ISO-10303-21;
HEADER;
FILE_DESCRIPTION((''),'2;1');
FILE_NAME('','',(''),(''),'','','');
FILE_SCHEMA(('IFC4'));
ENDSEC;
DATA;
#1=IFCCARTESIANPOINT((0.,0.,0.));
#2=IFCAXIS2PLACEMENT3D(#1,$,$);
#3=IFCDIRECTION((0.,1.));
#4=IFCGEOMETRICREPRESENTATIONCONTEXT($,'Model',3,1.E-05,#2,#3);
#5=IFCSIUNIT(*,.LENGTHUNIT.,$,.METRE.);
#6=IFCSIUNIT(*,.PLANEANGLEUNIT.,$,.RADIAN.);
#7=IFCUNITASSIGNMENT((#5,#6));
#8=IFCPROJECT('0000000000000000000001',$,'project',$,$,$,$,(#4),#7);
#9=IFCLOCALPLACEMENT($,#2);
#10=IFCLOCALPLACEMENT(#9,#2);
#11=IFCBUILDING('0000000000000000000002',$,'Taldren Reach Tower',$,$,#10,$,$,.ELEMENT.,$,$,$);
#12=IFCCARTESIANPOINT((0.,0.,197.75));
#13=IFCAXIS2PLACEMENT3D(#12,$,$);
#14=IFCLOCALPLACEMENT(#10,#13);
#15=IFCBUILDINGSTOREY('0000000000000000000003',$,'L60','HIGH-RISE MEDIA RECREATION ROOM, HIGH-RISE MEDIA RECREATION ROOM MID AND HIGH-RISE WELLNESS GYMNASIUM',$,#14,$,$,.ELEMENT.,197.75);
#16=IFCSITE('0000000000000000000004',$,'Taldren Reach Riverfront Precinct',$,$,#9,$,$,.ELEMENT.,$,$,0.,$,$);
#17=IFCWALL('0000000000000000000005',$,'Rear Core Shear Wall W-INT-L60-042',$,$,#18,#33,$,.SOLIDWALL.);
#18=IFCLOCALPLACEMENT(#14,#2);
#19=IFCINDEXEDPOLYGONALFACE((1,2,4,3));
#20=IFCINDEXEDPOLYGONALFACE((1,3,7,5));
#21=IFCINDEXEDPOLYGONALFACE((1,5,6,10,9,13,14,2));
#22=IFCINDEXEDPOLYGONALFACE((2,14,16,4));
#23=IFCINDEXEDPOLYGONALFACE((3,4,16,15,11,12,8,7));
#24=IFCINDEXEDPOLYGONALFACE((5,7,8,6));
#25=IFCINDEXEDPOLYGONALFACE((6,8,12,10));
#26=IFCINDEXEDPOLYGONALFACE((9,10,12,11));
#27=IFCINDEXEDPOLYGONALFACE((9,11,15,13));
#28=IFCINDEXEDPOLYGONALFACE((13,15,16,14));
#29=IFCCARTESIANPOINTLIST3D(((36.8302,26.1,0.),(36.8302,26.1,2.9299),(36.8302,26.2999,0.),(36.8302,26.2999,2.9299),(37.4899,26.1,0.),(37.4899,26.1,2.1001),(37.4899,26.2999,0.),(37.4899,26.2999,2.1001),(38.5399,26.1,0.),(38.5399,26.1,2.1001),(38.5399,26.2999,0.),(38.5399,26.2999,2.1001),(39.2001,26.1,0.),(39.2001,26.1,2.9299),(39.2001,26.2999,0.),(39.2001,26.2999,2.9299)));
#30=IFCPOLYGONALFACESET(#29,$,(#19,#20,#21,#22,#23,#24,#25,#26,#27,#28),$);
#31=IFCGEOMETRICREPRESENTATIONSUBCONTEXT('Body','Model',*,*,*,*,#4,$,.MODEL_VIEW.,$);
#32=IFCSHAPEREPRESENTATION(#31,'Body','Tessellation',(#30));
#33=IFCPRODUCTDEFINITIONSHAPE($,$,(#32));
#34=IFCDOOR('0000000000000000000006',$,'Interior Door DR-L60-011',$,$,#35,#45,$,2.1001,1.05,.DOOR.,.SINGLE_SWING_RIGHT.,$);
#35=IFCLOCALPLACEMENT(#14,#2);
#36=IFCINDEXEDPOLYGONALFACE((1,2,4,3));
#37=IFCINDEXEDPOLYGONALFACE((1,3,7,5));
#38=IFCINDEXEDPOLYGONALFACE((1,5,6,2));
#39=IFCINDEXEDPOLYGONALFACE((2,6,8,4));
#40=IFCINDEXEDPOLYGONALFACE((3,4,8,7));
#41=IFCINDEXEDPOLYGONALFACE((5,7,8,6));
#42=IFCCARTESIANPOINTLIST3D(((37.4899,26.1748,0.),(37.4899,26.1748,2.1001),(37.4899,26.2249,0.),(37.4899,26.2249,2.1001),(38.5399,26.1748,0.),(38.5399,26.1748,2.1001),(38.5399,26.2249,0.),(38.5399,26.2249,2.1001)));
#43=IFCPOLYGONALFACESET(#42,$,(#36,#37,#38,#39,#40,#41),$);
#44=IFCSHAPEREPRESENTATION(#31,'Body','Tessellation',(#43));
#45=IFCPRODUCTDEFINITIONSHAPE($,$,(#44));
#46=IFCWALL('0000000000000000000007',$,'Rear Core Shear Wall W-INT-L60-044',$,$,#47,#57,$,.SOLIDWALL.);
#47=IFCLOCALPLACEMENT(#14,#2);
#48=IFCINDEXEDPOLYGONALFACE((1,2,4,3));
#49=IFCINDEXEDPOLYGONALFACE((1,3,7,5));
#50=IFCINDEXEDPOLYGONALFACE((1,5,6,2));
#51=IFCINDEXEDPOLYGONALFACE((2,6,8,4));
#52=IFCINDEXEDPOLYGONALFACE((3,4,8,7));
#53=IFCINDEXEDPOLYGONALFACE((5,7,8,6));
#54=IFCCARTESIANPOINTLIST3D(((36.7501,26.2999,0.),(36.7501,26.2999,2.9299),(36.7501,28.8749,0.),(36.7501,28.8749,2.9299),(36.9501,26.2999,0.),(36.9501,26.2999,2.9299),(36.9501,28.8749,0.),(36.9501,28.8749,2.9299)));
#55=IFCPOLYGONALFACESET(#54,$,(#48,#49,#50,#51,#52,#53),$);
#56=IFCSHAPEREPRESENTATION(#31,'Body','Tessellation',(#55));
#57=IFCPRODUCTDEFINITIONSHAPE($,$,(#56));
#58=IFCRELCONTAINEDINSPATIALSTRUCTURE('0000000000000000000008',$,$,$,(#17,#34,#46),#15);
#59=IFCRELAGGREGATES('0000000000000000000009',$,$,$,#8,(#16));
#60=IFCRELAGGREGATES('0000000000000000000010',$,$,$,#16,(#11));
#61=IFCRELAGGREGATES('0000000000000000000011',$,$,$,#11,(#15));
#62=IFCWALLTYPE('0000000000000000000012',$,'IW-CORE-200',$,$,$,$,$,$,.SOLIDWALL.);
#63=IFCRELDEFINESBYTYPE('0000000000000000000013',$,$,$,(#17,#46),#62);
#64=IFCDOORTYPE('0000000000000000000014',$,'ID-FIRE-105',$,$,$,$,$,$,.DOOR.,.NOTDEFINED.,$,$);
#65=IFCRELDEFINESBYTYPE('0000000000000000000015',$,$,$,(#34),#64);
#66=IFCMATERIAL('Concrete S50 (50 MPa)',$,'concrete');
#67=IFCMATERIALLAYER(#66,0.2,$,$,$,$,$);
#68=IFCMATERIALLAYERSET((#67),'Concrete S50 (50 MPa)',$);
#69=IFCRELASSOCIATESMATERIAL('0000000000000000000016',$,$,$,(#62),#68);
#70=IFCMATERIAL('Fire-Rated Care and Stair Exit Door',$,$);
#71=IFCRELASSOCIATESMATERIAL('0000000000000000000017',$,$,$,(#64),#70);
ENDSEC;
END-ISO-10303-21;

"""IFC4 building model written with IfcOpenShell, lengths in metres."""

from ifc_helpers import new_model, si_unit, direction, frame, frame_2d, origin, place, context, subcontext, project, spatial, rectangle, extrude, source, transform, mapped, material, layer, layer_set, type_object, element, fill, save


model = new_model("IFC4")

# Units and contexts
model_context = context("Model", 3, precision=1e-05, world=origin(), true_north=direction((0.0, 1.0)))
body_context = subcontext(model_context, "Body", "Model", "MODEL_VIEW")
ifc_project = project(units=[si_unit("LENGTHUNIT", "METRE"), si_unit("PLANEANGLEUNIT", "RADIAN")], contexts=[model_context])

# Site, building, storey
site_placement = place(None, origin())
site = spatial("IfcSite", under=ifc_project, at=site_placement, Name="Taldren Reach Riverfront Precinct", CompositionType="ELEMENT", RefElevation=0.0)
building_placement = place(site_placement, origin())
building = spatial("IfcBuilding", under=site, at=building_placement, Name="Taldren Reach Tower", CompositionType="ELEMENT")
storey_placement = place(building_placement, frame((0.0, 0.0, 197.75)))
storey = spatial("IfcBuildingStorey", under=building, at=storey_placement, Name="L60", Description="HIGH-RISE MEDIA RECREATION ROOM, HIGH-RISE MEDIA RECREATION ROOM MID AND HIGH-RISE WELLNESS GYMNASIUM", CompositionType="ELEMENT", Elevation=197.75)

# Shared definitions
ifc_material_1 = material(Name="Concrete S50 (50 MPa)", Category="concrete")
ifc_layer_1 = layer(ifc_material_1, 0.2)
ifc_layer_set_1 = layer_set([ifc_layer_1], Name="Concrete S50 (50 MPa)")
wall_type_1 = type_object("IfcWallType", Name="IW-CORE-200", PredefinedType="SOLIDWALL", material=ifc_layer_set_1)

# Shared definitions
shared_shape_1 = source(origin(), body_context, "Body", "SweptSolid", [
    extrude(rectangle(XDim=1.05, YDim=2.1001, at=frame_2d((0.5249, 1.05))), frame((0.0, 0.1099, 0.0), z_axis=(0.0, -1.0, 0.0), x_axis=(1.0, 0.0, 0.0)), (0.0, 0.0, 1.0), 0.22),
])
ifc_material_2 = material(Name="Fire-Rated Care and Stair Exit Door")
door_type_1 = type_object("IfcDoorType", Name="ID-FIRE-105", OperationType="NOTDEFINED", PredefinedType="DOOR", material=ifc_material_2)
shared_shape_2 = source(origin(), body_context, "Body", "SweptSolid", [
    extrude(rectangle(XDim=1.05, YDim=2.1001, at=frame_2d((0.5249, 1.05))), frame((0.0, 0.0249, 0.0), z_axis=(0.0, -1.0, 0.0), x_axis=(1.0, 0.0, 0.0)), (0.0, 0.0, 1.0), 0.05),
])

# Wall, opening, door
shared_shape_3 = source(origin(), body_context, "Body", "SweptSolid", [
    extrude(rectangle(XDim=2.3699, YDim=0.2, at=frame_2d((1.1851, 0.0))), origin(), (0.0, 0.0, 1.0), 2.9299),
])
wall_1_placement = place(storey_placement, frame((36.8301, 26.2, 0.0), z_axis=(0.0, 0.0, 1.0), x_axis=(1.0, 0.0, 0.0)))
wall_1 = element("IfcWall", 1, at=wall_1_placement, inside=storey, type_object=wall_type_1, Name="Rear Core Shear Wall W-INT-L60-042", PredefinedType="SOLIDWALL", context=body_context, shape_type="MappedRepresentation", body=[
    mapped(shared_shape_3, transform((0.0, 0.0, 0.0), scale=1.0)),
])
opening_1_placement = place(wall_1_placement, frame((0.6599, 0.0, 0.0)))
opening_1 = element("IfcOpeningElement", 2, at=opening_1_placement, cuts=wall_1, PredefinedType="OPENING", context=body_context, shape_type="MappedRepresentation", body=[
    mapped(shared_shape_1, transform((0.0, 0.0, 0.0), scale=1.0)),
])
door_1_placement = place(opening_1_placement, origin())
door_1 = element("IfcDoor", 3, at=door_1_placement, inside=storey, type_object=door_type_1, Name="Interior Door DR-L60-011", OperationType="SINGLE_SWING_RIGHT", OverallHeight=2.1001, OverallWidth=1.05, PredefinedType="DOOR", context=body_context, shape_type="MappedRepresentation", body=[
    mapped(shared_shape_2, transform((0.0, 0.0, 0.0), scale=1.0)),
])
fill(opening_1, door_1)

# Wall
shared_shape_4 = source(origin(), body_context, "Body", "SweptSolid", [
    extrude(rectangle(XDim=2.575, YDim=0.2, at=frame_2d((1.2876, 0.0))), origin(), (0.0, 0.0, 1.0), 2.9299),
])
wall_2_placement = place(storey_placement, frame((36.8501, 28.875, 0.0), z_axis=(0.0, 0.0, 1.0), x_axis=(0.0, -1.0, 0.0)))
element("IfcWall", 4, at=wall_2_placement, inside=storey, type_object=wall_type_1, Name="Rear Core Shear Wall W-INT-L60-044", PredefinedType="SOLIDWALL", context=body_context, shape_type="MappedRepresentation", body=[
    mapped(shared_shape_4, transform((0.0, 0.0, 0.0), scale=1.0)),
])

save(model, "model.ifc")
